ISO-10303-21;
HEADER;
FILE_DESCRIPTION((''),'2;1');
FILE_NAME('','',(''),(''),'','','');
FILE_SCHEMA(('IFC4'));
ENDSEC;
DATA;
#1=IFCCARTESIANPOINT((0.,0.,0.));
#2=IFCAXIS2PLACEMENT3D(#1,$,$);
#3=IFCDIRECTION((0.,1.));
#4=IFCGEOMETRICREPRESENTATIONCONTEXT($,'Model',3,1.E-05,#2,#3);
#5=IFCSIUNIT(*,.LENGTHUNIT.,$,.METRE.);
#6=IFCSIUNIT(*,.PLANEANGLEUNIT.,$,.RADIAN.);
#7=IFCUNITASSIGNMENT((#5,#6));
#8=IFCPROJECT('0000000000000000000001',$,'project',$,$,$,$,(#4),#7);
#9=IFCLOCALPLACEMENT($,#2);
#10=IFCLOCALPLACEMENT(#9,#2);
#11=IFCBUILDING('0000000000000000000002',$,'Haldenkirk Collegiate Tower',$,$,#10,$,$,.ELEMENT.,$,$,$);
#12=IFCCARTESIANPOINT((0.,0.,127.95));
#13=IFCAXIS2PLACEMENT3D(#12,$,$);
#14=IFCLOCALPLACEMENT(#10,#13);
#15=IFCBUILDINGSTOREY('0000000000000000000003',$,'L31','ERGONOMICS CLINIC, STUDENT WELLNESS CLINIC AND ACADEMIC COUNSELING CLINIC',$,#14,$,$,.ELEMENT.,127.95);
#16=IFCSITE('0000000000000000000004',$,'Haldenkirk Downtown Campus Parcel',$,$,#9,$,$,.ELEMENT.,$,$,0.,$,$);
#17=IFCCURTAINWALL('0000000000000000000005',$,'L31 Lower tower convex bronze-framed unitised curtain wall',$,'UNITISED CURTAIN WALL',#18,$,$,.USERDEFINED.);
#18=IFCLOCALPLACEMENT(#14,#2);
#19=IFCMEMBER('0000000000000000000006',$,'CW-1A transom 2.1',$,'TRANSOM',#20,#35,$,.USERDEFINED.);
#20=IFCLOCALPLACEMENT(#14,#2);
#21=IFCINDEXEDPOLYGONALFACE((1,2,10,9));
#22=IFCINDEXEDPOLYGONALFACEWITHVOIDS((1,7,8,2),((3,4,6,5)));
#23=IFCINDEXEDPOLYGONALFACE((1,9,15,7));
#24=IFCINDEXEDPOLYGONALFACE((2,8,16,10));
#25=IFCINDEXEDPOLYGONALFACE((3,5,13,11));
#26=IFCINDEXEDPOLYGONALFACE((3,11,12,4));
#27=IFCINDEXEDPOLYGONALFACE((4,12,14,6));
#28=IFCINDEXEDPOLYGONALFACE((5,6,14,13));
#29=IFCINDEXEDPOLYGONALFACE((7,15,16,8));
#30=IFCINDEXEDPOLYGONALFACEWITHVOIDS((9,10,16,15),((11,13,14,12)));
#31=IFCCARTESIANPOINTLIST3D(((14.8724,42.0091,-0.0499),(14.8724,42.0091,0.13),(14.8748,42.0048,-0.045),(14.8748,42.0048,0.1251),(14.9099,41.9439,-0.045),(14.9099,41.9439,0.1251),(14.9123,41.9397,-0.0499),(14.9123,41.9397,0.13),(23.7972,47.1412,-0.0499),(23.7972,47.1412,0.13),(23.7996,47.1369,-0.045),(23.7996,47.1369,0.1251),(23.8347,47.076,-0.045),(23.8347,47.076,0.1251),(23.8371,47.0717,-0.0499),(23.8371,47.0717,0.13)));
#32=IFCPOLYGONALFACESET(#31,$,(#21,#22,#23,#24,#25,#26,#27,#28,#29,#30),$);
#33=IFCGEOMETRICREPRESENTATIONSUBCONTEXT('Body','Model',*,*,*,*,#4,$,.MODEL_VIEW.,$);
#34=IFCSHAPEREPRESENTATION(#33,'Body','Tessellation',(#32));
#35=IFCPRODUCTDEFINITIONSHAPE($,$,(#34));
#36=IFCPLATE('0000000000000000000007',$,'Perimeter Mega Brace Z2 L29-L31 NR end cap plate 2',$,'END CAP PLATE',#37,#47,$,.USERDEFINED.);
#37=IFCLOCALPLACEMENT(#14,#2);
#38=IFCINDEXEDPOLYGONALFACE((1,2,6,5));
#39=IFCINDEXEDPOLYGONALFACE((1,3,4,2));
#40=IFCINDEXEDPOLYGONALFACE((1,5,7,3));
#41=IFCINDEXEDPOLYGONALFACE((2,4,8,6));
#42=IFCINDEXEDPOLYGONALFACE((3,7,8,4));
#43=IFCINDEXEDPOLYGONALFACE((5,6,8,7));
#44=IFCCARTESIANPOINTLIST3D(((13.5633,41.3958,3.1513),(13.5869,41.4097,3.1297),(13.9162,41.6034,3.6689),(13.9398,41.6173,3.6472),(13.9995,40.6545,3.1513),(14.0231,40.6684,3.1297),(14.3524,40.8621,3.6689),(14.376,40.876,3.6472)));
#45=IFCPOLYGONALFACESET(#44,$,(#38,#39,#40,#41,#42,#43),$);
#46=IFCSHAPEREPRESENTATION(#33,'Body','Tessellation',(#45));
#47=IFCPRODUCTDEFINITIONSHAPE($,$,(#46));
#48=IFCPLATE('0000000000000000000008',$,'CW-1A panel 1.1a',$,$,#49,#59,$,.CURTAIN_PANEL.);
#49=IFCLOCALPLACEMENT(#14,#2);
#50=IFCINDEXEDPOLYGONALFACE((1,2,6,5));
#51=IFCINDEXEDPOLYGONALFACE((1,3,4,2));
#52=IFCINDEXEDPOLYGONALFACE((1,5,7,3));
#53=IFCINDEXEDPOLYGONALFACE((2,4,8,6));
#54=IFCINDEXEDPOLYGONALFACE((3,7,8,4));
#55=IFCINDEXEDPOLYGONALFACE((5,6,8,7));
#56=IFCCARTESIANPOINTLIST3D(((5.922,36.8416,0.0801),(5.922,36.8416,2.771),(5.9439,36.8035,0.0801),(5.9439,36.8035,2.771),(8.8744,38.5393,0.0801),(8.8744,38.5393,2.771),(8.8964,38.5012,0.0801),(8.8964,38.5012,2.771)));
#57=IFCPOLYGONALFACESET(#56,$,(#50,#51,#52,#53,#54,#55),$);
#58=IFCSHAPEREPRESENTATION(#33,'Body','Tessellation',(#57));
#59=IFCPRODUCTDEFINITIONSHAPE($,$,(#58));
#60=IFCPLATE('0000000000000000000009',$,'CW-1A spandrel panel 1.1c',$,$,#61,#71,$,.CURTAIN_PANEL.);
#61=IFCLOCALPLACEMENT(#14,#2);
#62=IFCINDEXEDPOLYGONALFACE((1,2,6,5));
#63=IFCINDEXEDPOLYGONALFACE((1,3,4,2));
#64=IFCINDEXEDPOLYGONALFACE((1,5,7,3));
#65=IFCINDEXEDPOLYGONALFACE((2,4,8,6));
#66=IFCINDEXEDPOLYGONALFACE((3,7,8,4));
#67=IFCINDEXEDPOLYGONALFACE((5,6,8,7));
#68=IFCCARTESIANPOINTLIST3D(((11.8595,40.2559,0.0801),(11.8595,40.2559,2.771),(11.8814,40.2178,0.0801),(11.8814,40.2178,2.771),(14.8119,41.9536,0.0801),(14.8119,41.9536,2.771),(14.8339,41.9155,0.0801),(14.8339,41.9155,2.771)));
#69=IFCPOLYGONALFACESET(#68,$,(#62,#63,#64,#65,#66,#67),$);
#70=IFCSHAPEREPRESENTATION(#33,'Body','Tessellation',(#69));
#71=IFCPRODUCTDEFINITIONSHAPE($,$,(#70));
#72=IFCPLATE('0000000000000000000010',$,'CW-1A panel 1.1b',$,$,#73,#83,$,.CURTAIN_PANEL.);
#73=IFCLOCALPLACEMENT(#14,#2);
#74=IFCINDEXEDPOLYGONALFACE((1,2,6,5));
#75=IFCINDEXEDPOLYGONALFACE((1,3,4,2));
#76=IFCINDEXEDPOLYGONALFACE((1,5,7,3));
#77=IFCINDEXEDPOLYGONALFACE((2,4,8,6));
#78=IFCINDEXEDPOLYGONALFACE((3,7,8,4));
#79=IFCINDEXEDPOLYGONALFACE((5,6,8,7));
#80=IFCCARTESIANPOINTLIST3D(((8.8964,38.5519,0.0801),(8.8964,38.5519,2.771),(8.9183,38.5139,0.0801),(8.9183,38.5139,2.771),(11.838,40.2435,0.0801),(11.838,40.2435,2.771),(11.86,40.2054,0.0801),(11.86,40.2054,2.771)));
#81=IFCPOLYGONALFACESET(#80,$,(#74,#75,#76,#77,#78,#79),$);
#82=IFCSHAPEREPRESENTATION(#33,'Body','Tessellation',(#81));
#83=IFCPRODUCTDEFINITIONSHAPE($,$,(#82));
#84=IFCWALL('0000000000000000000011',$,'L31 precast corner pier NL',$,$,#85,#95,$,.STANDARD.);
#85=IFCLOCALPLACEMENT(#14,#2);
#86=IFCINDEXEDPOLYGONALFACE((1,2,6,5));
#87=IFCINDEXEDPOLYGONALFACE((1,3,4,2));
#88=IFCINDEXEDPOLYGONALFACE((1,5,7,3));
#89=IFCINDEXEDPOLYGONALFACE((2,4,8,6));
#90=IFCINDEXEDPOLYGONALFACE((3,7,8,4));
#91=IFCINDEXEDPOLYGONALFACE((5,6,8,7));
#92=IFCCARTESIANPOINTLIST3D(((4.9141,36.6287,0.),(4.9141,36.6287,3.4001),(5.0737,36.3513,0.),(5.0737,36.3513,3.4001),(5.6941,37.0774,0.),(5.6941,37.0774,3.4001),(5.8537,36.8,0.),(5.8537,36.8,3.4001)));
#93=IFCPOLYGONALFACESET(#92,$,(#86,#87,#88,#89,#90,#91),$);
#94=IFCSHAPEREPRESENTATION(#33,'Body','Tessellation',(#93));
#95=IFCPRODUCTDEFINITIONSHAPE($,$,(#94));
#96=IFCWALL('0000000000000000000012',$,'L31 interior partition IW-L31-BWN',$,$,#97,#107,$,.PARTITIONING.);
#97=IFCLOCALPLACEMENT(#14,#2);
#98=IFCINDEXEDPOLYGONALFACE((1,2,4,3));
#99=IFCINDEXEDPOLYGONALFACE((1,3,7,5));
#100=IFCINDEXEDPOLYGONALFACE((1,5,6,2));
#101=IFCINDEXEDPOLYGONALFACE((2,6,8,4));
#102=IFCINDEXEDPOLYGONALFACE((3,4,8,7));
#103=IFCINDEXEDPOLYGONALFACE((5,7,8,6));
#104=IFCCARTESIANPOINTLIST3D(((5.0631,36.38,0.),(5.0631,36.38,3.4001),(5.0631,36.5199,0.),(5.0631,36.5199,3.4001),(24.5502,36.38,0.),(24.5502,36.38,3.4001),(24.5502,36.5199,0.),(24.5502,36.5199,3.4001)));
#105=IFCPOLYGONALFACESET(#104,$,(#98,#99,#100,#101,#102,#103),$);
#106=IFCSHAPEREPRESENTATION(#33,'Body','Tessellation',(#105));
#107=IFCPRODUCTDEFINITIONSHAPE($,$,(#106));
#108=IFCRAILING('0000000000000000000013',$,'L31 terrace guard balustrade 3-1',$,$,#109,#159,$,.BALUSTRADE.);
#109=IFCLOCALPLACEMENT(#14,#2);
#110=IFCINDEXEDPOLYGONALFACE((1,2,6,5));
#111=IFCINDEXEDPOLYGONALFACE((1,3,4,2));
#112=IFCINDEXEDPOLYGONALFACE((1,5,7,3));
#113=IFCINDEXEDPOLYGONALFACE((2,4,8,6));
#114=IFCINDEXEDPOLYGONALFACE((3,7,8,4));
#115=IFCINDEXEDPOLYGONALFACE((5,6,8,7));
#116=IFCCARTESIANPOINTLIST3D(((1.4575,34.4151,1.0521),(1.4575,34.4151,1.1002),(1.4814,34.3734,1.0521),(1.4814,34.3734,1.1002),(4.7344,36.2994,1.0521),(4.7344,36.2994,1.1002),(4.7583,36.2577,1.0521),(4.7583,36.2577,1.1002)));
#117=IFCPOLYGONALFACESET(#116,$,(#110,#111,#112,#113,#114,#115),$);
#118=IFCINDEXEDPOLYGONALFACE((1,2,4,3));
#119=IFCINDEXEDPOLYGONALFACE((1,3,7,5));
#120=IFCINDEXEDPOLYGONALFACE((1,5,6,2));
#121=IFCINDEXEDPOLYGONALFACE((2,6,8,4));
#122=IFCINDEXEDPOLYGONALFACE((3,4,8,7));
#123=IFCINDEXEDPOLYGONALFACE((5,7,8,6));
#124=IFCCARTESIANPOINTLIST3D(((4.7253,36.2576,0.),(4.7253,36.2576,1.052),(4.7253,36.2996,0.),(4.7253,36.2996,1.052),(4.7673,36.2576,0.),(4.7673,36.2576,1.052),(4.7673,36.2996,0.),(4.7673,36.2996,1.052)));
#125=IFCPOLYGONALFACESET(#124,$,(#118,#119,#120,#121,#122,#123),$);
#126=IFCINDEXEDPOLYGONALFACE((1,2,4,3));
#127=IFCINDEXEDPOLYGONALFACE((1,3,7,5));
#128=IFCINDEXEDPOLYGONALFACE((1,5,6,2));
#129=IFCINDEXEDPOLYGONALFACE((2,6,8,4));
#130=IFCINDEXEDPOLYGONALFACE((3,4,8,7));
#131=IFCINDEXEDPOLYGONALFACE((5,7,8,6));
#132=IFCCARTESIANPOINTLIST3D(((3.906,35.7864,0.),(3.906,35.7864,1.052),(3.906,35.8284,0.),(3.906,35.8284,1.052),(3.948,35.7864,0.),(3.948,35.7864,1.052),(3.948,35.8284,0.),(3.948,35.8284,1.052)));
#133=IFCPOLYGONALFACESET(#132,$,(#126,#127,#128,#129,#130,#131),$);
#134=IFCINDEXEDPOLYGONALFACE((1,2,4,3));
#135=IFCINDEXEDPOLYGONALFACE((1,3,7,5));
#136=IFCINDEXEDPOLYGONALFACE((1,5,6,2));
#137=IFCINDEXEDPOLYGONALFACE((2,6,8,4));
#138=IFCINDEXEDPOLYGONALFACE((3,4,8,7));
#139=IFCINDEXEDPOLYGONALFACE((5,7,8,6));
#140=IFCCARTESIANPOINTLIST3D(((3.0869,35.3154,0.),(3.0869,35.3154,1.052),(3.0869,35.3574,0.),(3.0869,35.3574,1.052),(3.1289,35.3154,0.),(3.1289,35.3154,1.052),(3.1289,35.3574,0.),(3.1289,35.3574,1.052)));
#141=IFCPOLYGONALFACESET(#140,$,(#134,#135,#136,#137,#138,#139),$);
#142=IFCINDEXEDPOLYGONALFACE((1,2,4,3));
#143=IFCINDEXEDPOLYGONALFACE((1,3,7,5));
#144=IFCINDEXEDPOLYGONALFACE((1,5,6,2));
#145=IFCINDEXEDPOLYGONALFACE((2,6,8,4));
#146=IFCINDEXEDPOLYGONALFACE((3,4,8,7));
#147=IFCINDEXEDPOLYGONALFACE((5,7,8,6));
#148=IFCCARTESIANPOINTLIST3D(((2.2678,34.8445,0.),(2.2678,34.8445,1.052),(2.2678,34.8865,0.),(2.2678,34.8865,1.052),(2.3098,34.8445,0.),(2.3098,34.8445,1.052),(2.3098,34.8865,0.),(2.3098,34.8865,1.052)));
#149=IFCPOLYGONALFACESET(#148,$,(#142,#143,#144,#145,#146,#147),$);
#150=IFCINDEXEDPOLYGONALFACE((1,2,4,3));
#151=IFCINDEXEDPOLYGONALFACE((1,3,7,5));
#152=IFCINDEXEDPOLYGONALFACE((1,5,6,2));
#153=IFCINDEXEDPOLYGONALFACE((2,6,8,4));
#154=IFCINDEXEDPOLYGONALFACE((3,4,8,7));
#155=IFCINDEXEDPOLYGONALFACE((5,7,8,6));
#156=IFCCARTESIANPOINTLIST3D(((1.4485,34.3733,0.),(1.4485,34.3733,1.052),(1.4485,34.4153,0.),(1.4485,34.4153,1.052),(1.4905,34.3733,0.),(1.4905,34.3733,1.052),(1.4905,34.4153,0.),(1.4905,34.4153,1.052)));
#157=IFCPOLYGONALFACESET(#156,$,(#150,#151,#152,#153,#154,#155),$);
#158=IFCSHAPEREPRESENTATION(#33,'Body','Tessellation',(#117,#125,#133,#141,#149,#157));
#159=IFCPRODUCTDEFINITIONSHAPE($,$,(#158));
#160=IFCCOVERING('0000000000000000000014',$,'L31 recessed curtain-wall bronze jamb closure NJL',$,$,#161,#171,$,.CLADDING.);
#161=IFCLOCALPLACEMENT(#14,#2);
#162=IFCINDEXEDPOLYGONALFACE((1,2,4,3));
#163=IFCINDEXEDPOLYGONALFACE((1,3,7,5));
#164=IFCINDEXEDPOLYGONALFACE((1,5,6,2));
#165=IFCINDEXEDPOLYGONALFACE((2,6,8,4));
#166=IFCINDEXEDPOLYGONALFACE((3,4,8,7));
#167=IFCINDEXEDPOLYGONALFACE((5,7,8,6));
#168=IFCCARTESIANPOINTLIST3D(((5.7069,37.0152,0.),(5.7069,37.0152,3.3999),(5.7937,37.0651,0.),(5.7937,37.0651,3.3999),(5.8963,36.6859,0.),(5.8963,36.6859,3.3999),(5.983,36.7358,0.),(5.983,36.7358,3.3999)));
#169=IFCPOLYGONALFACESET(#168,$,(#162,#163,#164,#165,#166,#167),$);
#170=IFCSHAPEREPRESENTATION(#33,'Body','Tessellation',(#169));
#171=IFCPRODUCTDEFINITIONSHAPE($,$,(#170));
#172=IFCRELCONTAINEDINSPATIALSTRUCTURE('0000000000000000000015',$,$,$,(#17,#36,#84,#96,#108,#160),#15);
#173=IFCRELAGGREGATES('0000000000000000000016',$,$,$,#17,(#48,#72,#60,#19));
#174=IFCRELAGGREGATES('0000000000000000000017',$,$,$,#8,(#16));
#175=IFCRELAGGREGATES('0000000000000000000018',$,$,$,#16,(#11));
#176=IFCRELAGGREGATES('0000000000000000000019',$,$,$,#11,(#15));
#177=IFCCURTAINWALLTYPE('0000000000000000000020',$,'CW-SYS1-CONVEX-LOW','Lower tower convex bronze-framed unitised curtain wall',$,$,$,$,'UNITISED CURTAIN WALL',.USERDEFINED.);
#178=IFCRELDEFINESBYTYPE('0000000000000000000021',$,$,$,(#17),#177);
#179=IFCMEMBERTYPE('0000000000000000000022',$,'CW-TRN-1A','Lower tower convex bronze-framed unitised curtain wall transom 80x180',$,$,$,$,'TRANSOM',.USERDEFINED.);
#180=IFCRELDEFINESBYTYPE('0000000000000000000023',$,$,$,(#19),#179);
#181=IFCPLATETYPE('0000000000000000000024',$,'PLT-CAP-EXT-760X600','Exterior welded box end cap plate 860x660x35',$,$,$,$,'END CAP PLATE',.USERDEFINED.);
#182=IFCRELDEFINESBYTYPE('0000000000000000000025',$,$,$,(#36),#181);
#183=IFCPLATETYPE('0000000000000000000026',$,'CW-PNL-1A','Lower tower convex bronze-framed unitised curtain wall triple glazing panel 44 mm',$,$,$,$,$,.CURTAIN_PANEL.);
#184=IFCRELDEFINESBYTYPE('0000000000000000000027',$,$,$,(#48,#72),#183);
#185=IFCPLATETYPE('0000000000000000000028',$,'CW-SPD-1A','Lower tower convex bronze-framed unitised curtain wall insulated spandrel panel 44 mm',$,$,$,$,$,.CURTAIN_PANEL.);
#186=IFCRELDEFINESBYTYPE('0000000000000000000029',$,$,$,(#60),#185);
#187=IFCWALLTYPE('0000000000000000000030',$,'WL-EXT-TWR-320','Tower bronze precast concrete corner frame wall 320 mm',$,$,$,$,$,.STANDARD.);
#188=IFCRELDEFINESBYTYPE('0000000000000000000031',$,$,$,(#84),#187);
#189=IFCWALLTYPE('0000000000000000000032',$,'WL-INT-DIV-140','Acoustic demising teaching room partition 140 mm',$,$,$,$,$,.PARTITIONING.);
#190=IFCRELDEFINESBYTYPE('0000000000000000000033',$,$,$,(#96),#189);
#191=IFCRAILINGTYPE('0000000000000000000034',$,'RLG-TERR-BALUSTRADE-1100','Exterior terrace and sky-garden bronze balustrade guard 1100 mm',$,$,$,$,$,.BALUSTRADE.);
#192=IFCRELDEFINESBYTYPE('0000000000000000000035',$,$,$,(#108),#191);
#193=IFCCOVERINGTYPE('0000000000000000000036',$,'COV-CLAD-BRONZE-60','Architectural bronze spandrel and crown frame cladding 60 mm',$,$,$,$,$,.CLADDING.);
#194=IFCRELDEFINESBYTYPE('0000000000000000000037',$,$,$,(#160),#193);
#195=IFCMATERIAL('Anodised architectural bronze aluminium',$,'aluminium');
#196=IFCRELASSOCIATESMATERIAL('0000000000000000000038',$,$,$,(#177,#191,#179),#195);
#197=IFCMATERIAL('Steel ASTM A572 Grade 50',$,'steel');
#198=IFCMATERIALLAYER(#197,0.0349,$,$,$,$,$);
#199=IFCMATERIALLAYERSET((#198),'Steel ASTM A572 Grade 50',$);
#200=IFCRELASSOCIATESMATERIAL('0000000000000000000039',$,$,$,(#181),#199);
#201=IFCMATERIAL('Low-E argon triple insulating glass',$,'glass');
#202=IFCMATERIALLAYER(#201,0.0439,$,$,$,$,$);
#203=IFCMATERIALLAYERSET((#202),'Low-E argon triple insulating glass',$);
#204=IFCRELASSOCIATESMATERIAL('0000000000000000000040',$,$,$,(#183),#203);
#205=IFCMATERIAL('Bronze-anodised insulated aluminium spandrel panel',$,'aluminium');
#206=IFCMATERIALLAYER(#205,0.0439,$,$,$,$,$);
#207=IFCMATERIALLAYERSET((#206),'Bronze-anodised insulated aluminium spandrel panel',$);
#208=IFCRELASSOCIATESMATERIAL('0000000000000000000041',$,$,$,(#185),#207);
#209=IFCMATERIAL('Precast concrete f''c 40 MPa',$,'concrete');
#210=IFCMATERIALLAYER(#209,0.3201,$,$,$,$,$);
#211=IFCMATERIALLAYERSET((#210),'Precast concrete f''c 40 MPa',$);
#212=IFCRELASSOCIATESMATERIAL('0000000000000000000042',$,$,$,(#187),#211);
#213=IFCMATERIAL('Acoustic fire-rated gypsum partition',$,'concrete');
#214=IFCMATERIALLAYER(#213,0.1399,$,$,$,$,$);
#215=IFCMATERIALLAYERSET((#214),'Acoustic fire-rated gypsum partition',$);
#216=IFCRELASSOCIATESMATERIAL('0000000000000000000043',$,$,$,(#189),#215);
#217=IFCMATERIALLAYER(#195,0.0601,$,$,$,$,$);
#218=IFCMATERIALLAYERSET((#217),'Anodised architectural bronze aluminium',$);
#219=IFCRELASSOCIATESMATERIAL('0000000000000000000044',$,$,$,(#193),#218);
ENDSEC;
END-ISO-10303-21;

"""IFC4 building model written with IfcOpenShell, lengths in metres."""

from ifc_helpers import new_model, si_unit, direction, frame, frame_2d, origin, origin_2d, place, context, subcontext, project, spatial, rectangle, hollow_rectangle, extrude, source, transform, mapped, material, layer, layer_set, material_profile, profile_set, type_object, element, aggregate, save


model = new_model("IFC4")

# Units and contexts
model_context = context("Model", 3, precision=1e-05, world=origin(), true_north=direction((0.0, 1.0)))
body_context = subcontext(model_context, "Body", "Model", "MODEL_VIEW")
ifc_project = project(units=[si_unit("LENGTHUNIT", "METRE"), si_unit("PLANEANGLEUNIT", "RADIAN")], contexts=[model_context])

# Site, building, storey
site_placement = place(None, origin())
site = spatial("IfcSite", under=ifc_project, at=site_placement, Name="Haldenkirk Downtown Campus Parcel", CompositionType="ELEMENT", RefElevation=0.0)
building_placement = place(site_placement, origin())
building = spatial("IfcBuilding", under=site, at=building_placement, Name="Haldenkirk Collegiate Tower", CompositionType="ELEMENT")
storey_placement = place(building_placement, frame((0.0, 0.0, 127.95)))
storey = spatial("IfcBuildingStorey", under=building, at=storey_placement, Name="L31", Description="ERGONOMICS CLINIC, STUDENT WELLNESS CLINIC AND ACADEMIC COUNSELING CLINIC", CompositionType="ELEMENT", Elevation=127.95)

# Shared definitions
ifc_material_1 = material(Name="Steel ASTM A572 Grade 50", Category="steel")

# Curtain wall, member
ifc_material_2 = material(Name="Anodised architectural bronze aluminium", Category="aluminium")
curtain_wall_type = type_object("IfcCurtainWallType", Name="CW-SYS1-CONVEX-LOW", Description="Lower tower convex bronze-framed unitised curtain wall", ElementType="UNITISED CURTAIN WALL", PredefinedType="USERDEFINED", material=ifc_material_2)
curtain_wall_placement = place(storey_placement, origin())
curtain_wall = element("IfcCurtainWall", 1, at=curtain_wall_placement, inside=storey, type_object=curtain_wall_type, Name="L31 Lower tower convex bronze-framed unitised curtain wall", ObjectType="UNITISED CURTAIN WALL", PredefinedType="USERDEFINED")
ifc_material_profile_1 = material_profile(ifc_material_2, hollow_rectangle(XDim=0.0801, YDim=0.1799, WallThickness=0.0049, at=origin_2d()), Name="CW-TRN-1A")
ifc_profile_set_1 = profile_set([ifc_material_profile_1], Name="Anodised architectural bronze aluminium")
member_type_1 = type_object("IfcMemberType", Name="CW-TRN-1A", Description="Lower tower convex bronze-framed unitised curtain wall transom 80x180", ElementType="TRANSOM", PredefinedType="USERDEFINED", material=ifc_profile_set_1)
member_1_placement = place(storey_placement, frame((14.8923, 41.9744, 0.04), z_axis=(0.866893, 0.498494, 0.0), x_axis=(-0.498494, 0.866893, 0.0)))
member_1 = element("IfcMember", 2, at=member_1_placement, type_object=member_type_1, Name="CW-1A transom 2.1", ObjectType="TRANSOM", PredefinedType="USERDEFINED", context=body_context, shape_type="SweptSolid", body=[
    extrude(hollow_rectangle(XDim=0.0801, YDim=0.1799, WallThickness=0.0049, at=origin_2d()), origin(), (0.0, 0.0, 1.0), 10.2952),
])

# Plates
ifc_layer_1 = layer(ifc_material_1, 0.0349)
ifc_layer_set_1 = layer_set([ifc_layer_1], Name="Steel ASTM A572 Grade 50")
plate_type_1 = type_object("IfcPlateType", Name="PLT-CAP-EXT-760X600", Description="Exterior welded box end cap plate 860x660x35", ElementType="END CAP PLATE", PredefinedType="USERDEFINED", material=ifc_layer_set_1)
shared_shape_1 = source(origin(), body_context, "Body", "SweptSolid", [
    extrude(rectangle(XDim=0.8601, YDim=0.6599, at=origin_2d()), origin(), (0.0, 0.0, 1.0), 0.0349),
])
plate_1_placement = place(storey_placement, frame((13.9814, 41.1428, 3.3884), z_axis=(-0.675938, -0.397708, 0.620432), x_axis=(0.507112, -0.86188, 0.0)))
element("IfcPlate", 3, at=plate_1_placement, inside=storey, type_object=plate_type_1, Name="Perimeter Mega Brace Z2 L29-L31 NR end cap plate 2", ObjectType="END CAP PLATE", PredefinedType="USERDEFINED", context=body_context, shape_type="MappedRepresentation", body=[
    mapped(shared_shape_1, transform((0.0, 0.0, 0.0), x_axis=(1.0, 0.0, 0.0), y_axis=(0.0, 1.0, 0.0), z_axis=(0.0, 0.0, 1.0), scale=1.0)),
])
ifc_material_3 = material(Name="Low-E argon triple insulating glass", Category="glass")
ifc_layer_2 = layer(ifc_material_3, 0.0439)
ifc_layer_set_2 = layer_set([ifc_layer_2], Name="Low-E argon triple insulating glass")
plate_type_2 = type_object("IfcPlateType", Name="CW-PNL-1A", Description="Lower tower convex bronze-framed unitised curtain wall triple glazing panel 44 mm", PredefinedType="CURTAIN_PANEL", material=ifc_layer_set_2)
shared_shape_2 = source(origin(), body_context, "Body", "SweptSolid", [
    extrude(rectangle(XDim=3.4058, YDim=0.0439, at=origin_2d()), origin(), (0.0, 0.0, 1.0), 2.6909),
])
plate_2_placement = place(storey_placement, frame((7.4092, 37.6714, 0.0801), z_axis=(0.0, 0.0, 1.0), x_axis=(0.866896, 0.498489, 0.0)))
plate_2 = element("IfcPlate", 4, at=plate_2_placement, type_object=plate_type_2, Name="CW-1A panel 1.1a", PredefinedType="CURTAIN_PANEL", context=body_context, shape_type="MappedRepresentation", body=[
    mapped(shared_shape_2, transform((0.0, 0.0, 0.0), x_axis=(1.0, 0.0, 0.0), y_axis=(0.0, 1.0, 0.0), z_axis=(0.0, 0.0, 1.0), scale=1.0)),
])
ifc_material_4 = material(Name="Bronze-anodised insulated aluminium spandrel panel", Category="aluminium")
ifc_layer_3 = layer(ifc_material_4, 0.0439)
ifc_layer_set_3 = layer_set([ifc_layer_3], Name="Bronze-anodised insulated aluminium spandrel panel")
plate_type_3 = type_object("IfcPlateType", Name="CW-SPD-1A", Description="Lower tower convex bronze-framed unitised curtain wall insulated spandrel panel 44 mm", PredefinedType="CURTAIN_PANEL", material=ifc_layer_set_3)
plate_3_placement = place(storey_placement, frame((13.3467, 41.0857, 0.0801), z_axis=(0.0, 0.0, 1.0), x_axis=(0.866896, 0.498489, 0.0)))
plate_3 = element("IfcPlate", 5, at=plate_3_placement, type_object=plate_type_3, Name="CW-1A spandrel panel 1.1c", PredefinedType="CURTAIN_PANEL", context=body_context, shape_type="MappedRepresentation", body=[
    mapped(shared_shape_2, transform((0.0, 0.0, 0.0), x_axis=(1.0, 0.0, 0.0), y_axis=(0.0, 1.0, 0.0), z_axis=(0.0, 0.0, 1.0), scale=1.0)),
])
shared_shape_3 = source(origin(), body_context, "Body", "SweptSolid", [
    extrude(rectangle(XDim=3.3933, YDim=0.0439, at=origin_2d()), origin(), (0.0, 0.0, 1.0), 2.6909),
])
plate_4_placement = place(storey_placement, frame((10.3782, 39.3787, 0.0801), z_axis=(0.0, 0.0, 1.0), x_axis=(0.866896, 0.498489, 0.0)))
plate_4 = element("IfcPlate", 6, at=plate_4_placement, type_object=plate_type_2, Name="CW-1A panel 1.1b", PredefinedType="CURTAIN_PANEL", context=body_context, shape_type="MappedRepresentation", body=[
    mapped(shared_shape_3, transform((0.0, 0.0, 0.0), x_axis=(1.0, 0.0, 0.0), y_axis=(0.0, 1.0, 0.0), z_axis=(0.0, 0.0, 1.0), scale=1.0)),
])
aggregate(curtain_wall, [plate_2, plate_4, plate_3, member_1])

# Walls
ifc_material_5 = material(Name="Precast concrete f'c 40 MPa", Category="concrete")
ifc_layer_4 = layer(ifc_material_5, 0.3201)
ifc_layer_set_4 = layer_set([ifc_layer_4], Name="Precast concrete f'c 40 MPa")
wall_type_1 = type_object("IfcWallType", Name="WL-EXT-TWR-320", Description="Tower bronze precast concrete corner frame wall 320 mm", PredefinedType="STANDARD", material=ifc_layer_set_4)
wall_1_placement = place(storey_placement, frame((4.9939, 36.49, 0.0), z_axis=(0.0, 0.0, 1.0), x_axis=(0.866804, 0.49865, 0.0)))
element("IfcWall", 7, at=wall_1_placement, inside=storey, type_object=wall_type_1, Name="L31 precast corner pier NL", PredefinedType="STANDARD", context=body_context, shape_type="SweptSolid", body=[
    extrude(rectangle(XDim=0.8999, YDim=0.3201, at=frame_2d((0.45, 0.0))), origin(), (0.0, 0.0, 1.0), 3.4001),
])
ifc_material_6 = material(Name="Acoustic fire-rated gypsum partition", Category="concrete")
ifc_layer_5 = layer(ifc_material_6, 0.1399)
ifc_layer_set_5 = layer_set([ifc_layer_5], Name="Acoustic fire-rated gypsum partition")
wall_type_2 = type_object("IfcWallType", Name="WL-INT-DIV-140", Description="Acoustic demising teaching room partition 140 mm", PredefinedType="PARTITIONING", material=ifc_layer_set_5)
wall_2_placement = place(storey_placement, frame((5.063, 36.45, 0.0), z_axis=(0.0, 0.0, 1.0), x_axis=(1.0, 0.0, 0.0)))
element("IfcWall", 8, at=wall_2_placement, inside=storey, type_object=wall_type_2, Name="L31 interior partition IW-L31-BWN", PredefinedType="PARTITIONING", context=body_context, shape_type="SweptSolid", body=[
    extrude(rectangle(XDim=19.4871, YDim=0.1399, at=frame_2d((9.7437, 0.0))), origin(), (0.0, 0.0, 1.0), 3.4001),
])

# Railing
railing_type = type_object("IfcRailingType", Name="RLG-TERR-BALUSTRADE-1100", Description="Exterior terrace and sky-garden bronze balustrade guard 1100 mm", PredefinedType="BALUSTRADE", material=ifc_material_2)
railing_placement = place(storey_placement, frame((4.7463, 36.2786, 0.0)))
element("IfcRailing", 9, at=railing_placement, inside=storey, type_object=railing_type, Name="L31 terrace guard balustrade 3-1", PredefinedType="BALUSTRADE", context=body_context, shape_type="SweptSolid", body=[
    extrude(rectangle(XDim=0.0481, YDim=0.0481, at=origin_2d()), frame((0.0, 0.0, 1.0762), z_axis=(-0.866897, -0.498488, 0.0), x_axis=(0.498488, -0.866897, 0.0)), (0.0, 0.0, 1.0), 3.78),
    extrude(rectangle(XDim=0.042, YDim=0.042, at=origin_2d()), origin(), (0.0, 0.0, 1.0), 1.052),
    extrude(rectangle(XDim=0.042, YDim=0.042, at=origin_2d()), frame((-0.8193, -0.4712, 0.0)), (0.0, 0.0, 1.0), 1.052),
    extrude(rectangle(XDim=0.042, YDim=0.042, at=origin_2d()), frame((-1.6384, -0.9421, 0.0)), (0.0, 0.0, 1.0), 1.052),
    extrude(rectangle(XDim=0.042, YDim=0.042, at=origin_2d()), frame((-2.4575, -1.4131, 0.0)), (0.0, 0.0, 1.0), 1.052),
    extrude(rectangle(XDim=0.042, YDim=0.042, at=origin_2d()), frame((-3.2769, -1.8843, 0.0)), (0.0, 0.0, 1.0), 1.052),
])

# Covering
ifc_layer_6 = layer(ifc_material_2, 0.0601)
ifc_layer_set_6 = layer_set([ifc_layer_6], Name="Anodised architectural bronze aluminium")
covering_type = type_object("IfcCoveringType", Name="COV-CLAD-BRONZE-60", Description="Architectural bronze spandrel and crown frame cladding 60 mm", PredefinedType="CLADDING", material=ifc_layer_set_6)
shared_shape_4 = source(origin(), body_context, "Body", "SweptSolid", [
    extrude(rectangle(XDim=0.1001, YDim=0.3799, at=origin_2d()), origin(), (0.0, 0.0, 1.0), 3.3999),
])
covering_placement = place(storey_placement, frame((5.845, 36.8755, 0.0), z_axis=(0.0, 0.0, 1.0), x_axis=(0.866897, 0.498488, 0.0)))
element("IfcCovering", 10, at=covering_placement, inside=storey, type_object=covering_type, Name="L31 recessed curtain-wall bronze jamb closure NJL", PredefinedType="CLADDING", context=body_context, shape_type="MappedRepresentation", body=[
    mapped(shared_shape_4, transform((0.0, 0.0, 0.0), x_axis=(1.0, 0.0, 0.0), y_axis=(0.0, 1.0, 0.0), z_axis=(0.0, 0.0, 1.0), scale=1.0)),
])

save(model, "model.ifc")
